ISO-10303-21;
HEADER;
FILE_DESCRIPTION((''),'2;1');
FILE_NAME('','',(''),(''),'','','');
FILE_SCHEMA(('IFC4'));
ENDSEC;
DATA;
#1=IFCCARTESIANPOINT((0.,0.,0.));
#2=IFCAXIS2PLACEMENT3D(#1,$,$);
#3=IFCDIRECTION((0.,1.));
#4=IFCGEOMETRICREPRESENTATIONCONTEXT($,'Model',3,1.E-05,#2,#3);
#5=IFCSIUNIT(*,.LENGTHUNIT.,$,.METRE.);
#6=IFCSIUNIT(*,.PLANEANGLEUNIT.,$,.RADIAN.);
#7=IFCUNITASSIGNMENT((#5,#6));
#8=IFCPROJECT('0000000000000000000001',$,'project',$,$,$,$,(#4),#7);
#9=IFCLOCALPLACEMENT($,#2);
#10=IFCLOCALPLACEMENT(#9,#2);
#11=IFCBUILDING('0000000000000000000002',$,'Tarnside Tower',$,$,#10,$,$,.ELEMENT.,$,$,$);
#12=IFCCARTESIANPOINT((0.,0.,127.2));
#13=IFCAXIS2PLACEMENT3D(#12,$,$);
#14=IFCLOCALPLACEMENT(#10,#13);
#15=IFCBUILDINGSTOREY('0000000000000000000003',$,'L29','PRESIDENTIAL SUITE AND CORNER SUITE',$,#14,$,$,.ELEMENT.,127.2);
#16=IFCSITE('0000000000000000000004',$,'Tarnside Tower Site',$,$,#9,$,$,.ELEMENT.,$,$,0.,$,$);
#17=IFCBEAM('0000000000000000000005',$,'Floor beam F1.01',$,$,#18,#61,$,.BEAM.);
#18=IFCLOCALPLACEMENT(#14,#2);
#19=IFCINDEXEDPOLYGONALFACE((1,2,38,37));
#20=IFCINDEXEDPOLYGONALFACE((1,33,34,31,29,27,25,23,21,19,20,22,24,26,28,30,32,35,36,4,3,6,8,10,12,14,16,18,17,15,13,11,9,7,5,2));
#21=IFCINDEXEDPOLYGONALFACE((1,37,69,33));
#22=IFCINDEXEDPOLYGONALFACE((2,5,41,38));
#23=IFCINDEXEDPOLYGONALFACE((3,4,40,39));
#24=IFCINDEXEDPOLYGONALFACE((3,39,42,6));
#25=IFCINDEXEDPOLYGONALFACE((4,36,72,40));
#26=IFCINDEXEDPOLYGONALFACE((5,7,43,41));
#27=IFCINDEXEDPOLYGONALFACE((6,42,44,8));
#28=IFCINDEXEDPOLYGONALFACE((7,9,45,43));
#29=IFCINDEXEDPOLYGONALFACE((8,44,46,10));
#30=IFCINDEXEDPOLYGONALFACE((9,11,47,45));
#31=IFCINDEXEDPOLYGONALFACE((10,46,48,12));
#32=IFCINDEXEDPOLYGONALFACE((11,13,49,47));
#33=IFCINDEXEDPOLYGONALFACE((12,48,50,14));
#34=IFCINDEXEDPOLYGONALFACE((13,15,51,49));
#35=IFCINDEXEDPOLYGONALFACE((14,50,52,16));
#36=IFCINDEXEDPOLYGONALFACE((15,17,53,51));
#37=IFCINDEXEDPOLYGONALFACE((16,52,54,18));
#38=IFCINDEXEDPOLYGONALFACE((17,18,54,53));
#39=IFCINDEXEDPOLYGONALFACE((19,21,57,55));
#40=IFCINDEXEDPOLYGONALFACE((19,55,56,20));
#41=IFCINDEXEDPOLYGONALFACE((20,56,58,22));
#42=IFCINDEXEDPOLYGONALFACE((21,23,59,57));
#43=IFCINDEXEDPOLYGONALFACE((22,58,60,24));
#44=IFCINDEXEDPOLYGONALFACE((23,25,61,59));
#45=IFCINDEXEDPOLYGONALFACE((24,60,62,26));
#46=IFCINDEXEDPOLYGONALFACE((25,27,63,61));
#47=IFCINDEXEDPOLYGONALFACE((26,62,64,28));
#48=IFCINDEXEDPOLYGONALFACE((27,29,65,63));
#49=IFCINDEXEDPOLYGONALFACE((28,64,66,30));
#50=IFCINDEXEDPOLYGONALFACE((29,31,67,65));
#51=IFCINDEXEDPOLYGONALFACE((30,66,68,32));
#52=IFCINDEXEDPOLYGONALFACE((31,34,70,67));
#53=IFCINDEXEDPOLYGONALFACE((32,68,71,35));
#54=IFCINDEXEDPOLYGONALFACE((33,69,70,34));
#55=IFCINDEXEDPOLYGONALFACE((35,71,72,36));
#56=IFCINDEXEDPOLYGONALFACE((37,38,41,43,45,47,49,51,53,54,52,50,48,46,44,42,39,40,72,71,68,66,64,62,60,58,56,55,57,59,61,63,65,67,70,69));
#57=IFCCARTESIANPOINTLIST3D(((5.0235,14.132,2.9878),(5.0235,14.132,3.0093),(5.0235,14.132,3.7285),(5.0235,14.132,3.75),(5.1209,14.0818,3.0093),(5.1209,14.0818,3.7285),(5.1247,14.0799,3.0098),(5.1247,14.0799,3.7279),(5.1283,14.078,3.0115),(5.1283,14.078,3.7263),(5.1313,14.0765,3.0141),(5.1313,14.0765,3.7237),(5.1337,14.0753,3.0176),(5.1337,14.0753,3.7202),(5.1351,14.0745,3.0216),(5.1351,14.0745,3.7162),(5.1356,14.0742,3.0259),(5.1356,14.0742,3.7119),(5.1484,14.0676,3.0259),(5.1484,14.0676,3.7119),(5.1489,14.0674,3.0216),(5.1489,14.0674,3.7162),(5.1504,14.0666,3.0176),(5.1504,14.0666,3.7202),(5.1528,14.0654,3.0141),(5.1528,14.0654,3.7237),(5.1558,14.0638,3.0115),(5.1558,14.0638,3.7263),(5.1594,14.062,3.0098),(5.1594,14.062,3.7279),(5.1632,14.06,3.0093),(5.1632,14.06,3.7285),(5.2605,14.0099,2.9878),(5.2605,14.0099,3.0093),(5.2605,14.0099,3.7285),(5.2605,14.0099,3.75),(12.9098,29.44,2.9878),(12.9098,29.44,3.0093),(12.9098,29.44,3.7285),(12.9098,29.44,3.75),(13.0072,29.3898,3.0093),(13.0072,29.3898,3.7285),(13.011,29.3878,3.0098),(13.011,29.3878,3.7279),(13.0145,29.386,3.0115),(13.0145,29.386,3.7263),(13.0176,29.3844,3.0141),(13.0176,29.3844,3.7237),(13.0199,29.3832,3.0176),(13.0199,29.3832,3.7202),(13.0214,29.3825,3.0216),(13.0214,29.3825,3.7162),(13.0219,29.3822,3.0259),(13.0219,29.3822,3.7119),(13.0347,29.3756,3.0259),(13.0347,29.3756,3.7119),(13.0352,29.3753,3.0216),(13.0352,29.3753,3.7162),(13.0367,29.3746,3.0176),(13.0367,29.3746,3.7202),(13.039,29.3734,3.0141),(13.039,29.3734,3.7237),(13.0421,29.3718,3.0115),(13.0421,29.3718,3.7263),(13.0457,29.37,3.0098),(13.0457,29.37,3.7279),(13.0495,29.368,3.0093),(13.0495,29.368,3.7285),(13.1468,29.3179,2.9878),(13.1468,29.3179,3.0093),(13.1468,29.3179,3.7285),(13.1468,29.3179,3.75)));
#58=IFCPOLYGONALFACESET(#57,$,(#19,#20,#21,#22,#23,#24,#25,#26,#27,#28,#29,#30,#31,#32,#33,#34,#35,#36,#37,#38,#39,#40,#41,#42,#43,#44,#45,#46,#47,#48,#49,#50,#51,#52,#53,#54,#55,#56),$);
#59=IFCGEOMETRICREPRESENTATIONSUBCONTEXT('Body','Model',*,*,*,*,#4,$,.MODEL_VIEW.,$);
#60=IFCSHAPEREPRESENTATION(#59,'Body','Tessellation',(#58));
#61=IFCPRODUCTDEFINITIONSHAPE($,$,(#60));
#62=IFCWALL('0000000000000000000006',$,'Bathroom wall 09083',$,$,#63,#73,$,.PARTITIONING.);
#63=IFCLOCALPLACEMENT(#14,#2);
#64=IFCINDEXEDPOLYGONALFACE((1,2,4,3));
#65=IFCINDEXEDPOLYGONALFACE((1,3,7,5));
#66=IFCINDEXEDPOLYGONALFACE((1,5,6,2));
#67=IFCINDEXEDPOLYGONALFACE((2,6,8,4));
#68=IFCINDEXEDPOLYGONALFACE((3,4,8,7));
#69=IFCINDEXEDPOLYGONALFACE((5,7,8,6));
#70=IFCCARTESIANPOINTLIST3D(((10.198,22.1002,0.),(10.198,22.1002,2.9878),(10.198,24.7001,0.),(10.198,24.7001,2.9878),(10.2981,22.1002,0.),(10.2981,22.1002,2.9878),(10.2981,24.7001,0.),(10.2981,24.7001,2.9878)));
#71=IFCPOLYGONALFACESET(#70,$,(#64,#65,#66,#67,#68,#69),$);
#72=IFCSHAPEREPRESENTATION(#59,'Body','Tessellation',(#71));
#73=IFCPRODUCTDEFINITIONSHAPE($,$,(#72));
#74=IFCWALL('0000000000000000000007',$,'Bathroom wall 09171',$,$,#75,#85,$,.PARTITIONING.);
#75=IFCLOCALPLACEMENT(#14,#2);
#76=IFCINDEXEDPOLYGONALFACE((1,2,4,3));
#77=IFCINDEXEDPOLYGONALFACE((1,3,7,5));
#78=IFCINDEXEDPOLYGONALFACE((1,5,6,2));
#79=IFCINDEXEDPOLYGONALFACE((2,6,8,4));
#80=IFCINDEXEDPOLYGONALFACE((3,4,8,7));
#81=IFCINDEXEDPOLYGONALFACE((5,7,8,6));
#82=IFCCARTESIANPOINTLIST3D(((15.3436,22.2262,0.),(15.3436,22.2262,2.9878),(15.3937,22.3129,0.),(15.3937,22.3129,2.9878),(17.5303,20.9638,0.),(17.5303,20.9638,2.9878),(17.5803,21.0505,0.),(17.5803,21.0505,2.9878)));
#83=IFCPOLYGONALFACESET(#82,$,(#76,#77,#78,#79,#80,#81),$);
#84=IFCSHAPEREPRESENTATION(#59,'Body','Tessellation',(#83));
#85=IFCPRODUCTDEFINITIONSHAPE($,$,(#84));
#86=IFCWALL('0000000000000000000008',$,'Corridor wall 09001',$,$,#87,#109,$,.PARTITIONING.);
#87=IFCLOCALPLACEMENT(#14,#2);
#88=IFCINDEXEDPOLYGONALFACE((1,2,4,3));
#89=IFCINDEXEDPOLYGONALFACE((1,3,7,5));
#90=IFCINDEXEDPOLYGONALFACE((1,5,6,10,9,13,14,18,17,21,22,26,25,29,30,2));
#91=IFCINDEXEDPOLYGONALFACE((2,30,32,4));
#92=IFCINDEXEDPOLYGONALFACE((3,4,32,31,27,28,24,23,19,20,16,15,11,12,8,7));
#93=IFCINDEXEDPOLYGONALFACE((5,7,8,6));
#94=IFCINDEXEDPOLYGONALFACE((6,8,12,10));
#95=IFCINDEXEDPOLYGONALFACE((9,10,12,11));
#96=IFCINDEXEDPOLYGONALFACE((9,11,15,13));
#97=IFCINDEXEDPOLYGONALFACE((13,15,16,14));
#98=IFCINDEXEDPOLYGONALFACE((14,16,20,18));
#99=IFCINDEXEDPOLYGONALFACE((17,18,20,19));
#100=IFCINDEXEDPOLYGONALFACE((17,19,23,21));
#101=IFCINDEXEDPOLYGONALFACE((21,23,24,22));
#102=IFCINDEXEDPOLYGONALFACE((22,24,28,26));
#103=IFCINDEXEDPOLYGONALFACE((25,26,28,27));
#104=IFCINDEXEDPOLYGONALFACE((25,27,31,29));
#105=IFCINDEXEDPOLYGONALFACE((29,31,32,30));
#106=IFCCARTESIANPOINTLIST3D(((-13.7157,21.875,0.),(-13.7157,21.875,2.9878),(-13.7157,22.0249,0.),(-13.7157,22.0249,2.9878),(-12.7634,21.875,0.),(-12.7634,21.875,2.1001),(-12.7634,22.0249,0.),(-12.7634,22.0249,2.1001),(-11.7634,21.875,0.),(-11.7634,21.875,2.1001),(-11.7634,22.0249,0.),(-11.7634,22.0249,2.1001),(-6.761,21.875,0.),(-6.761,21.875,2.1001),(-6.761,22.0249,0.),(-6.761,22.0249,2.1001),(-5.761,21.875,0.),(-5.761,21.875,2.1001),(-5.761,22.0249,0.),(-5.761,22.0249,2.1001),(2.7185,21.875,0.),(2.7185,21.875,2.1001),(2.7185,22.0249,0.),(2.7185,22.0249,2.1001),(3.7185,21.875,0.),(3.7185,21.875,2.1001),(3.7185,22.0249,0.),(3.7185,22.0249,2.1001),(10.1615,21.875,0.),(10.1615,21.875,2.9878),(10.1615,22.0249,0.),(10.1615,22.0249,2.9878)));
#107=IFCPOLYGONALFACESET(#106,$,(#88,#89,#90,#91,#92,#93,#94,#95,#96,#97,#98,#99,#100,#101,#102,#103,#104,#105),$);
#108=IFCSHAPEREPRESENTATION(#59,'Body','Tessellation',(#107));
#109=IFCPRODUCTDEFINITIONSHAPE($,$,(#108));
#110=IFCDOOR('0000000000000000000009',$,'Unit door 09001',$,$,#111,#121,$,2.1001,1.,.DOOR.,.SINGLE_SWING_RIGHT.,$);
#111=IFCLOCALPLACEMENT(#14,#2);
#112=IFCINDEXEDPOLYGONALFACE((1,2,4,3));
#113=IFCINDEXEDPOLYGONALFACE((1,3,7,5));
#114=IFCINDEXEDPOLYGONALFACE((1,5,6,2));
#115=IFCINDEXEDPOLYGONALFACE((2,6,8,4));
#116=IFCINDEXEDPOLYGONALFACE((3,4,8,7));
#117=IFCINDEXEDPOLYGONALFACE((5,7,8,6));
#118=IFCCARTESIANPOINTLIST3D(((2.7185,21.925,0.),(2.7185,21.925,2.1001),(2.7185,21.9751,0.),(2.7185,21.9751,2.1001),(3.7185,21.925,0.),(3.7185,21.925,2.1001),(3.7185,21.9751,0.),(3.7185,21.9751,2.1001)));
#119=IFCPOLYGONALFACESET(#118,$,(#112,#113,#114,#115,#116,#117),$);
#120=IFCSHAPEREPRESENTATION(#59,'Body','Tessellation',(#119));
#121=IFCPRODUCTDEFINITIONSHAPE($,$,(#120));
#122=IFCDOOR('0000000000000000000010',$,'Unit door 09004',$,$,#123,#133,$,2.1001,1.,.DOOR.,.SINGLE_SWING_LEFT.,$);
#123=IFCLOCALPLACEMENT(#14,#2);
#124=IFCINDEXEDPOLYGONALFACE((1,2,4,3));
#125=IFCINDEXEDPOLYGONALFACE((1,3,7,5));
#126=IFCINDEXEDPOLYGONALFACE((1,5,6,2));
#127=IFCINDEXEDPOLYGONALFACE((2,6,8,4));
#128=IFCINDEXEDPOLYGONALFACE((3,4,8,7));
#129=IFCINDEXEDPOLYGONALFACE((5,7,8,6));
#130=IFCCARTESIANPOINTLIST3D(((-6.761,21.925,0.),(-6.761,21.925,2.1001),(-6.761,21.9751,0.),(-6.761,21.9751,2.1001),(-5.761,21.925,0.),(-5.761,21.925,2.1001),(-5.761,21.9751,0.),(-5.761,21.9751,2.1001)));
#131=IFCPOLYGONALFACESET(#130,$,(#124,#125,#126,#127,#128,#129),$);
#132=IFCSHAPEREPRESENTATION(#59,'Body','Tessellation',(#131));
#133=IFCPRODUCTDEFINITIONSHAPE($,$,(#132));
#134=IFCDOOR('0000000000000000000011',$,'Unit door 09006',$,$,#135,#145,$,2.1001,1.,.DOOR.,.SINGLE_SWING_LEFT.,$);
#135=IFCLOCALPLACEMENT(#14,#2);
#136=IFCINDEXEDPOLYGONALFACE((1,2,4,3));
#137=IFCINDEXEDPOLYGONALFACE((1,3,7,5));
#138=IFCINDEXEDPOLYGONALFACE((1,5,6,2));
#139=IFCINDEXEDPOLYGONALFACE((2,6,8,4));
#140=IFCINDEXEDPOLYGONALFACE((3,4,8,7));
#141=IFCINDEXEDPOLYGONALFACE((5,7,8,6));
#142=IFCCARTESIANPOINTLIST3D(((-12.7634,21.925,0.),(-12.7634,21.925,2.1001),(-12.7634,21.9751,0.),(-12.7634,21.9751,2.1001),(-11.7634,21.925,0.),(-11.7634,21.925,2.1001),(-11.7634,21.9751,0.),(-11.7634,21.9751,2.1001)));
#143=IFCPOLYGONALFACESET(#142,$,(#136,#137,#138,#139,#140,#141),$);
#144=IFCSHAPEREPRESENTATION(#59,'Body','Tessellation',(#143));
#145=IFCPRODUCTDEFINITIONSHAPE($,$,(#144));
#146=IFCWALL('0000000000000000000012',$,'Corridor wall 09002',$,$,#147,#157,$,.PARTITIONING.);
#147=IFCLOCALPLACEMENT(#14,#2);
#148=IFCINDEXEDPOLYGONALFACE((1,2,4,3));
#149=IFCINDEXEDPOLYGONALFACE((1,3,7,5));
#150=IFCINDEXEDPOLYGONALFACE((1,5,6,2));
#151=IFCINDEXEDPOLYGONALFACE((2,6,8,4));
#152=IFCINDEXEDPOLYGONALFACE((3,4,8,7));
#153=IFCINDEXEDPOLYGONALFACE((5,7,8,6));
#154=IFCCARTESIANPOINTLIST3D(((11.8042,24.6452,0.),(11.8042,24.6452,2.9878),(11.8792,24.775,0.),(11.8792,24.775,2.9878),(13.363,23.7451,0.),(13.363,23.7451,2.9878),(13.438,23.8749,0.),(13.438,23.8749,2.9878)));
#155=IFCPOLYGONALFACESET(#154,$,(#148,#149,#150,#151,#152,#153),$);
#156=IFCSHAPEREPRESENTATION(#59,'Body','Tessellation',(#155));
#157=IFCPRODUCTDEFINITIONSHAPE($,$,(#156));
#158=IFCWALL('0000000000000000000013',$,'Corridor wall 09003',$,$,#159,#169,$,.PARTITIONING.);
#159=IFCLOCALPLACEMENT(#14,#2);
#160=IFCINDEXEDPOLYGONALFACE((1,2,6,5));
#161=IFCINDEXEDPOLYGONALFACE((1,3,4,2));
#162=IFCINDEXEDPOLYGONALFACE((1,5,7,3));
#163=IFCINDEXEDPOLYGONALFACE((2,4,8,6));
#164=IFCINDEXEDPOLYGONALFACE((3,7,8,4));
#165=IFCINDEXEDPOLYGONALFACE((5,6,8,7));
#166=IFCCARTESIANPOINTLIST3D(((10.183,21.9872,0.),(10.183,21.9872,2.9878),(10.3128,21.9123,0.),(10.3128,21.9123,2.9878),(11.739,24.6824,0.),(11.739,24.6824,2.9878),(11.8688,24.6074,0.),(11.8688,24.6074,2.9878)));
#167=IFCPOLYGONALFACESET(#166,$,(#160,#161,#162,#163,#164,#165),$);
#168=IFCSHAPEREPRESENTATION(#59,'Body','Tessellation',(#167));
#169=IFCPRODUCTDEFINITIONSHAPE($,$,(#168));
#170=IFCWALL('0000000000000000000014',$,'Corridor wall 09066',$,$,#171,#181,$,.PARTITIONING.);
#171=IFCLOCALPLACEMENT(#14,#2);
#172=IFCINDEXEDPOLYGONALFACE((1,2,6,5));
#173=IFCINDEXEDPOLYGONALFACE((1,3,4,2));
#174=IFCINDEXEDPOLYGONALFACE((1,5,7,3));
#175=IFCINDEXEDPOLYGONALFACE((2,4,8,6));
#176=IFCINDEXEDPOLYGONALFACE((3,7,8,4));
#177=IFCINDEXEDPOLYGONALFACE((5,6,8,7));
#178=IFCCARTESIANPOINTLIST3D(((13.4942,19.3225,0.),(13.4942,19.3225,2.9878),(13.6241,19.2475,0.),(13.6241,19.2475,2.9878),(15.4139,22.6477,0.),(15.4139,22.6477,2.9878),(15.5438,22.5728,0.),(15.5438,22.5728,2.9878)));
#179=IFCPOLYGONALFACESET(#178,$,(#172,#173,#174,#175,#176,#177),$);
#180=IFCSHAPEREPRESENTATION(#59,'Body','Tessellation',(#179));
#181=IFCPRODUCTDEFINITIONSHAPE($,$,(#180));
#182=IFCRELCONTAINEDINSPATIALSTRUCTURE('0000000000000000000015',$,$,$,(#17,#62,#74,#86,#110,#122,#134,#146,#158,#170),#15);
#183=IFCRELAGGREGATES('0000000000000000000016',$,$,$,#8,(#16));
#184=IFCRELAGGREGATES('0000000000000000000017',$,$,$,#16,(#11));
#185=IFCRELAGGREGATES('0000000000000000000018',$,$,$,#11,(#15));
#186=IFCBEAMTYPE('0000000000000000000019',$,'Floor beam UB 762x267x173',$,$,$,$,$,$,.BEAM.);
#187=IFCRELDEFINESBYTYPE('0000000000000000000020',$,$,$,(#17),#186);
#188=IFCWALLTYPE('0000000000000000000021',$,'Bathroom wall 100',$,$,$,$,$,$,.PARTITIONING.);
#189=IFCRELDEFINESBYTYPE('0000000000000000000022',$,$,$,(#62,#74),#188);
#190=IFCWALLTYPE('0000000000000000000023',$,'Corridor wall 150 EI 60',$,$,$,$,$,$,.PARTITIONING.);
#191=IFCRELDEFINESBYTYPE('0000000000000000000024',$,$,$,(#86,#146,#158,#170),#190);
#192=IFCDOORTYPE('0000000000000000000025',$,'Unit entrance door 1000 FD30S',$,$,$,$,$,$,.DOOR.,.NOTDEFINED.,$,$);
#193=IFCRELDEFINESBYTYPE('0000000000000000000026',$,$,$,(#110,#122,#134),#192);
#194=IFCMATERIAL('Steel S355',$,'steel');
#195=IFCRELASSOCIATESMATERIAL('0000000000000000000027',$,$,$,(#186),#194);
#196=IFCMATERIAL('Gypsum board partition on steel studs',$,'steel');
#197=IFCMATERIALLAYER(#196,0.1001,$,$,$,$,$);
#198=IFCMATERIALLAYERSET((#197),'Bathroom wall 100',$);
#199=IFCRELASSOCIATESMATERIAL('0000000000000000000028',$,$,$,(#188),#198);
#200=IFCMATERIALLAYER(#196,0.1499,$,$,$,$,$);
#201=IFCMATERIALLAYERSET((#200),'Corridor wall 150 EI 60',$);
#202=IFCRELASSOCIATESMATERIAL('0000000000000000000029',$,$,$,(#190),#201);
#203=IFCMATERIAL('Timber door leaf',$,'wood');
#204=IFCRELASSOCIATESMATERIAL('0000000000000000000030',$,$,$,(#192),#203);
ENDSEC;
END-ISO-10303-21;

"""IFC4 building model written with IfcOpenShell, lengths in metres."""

from ifc_helpers import new_model, si_unit, direction, frame, frame_2d, origin, origin_2d, place, context, subcontext, project, spatial, rectangle, i_section, extrude, material, layer, layer_set, material_profile, profile_set, type_object, element, fill, save


model = new_model("IFC4")

# Units and contexts
model_context = context("Model", 3, precision=1e-05, world=origin(), true_north=direction((0.0, 1.0)))
body_context = subcontext(model_context, "Body", "Model", "MODEL_VIEW")
ifc_project = project(units=[si_unit("LENGTHUNIT", "METRE"), si_unit("PLANEANGLEUNIT", "RADIAN")], contexts=[model_context])

# Site, building, storey
site_placement = place(None, origin())
site = spatial("IfcSite", under=ifc_project, at=site_placement, Name="Tarnside Tower Site", CompositionType="ELEMENT", RefElevation=0.0)
building_placement = place(site_placement, origin())
building = spatial("IfcBuilding", under=site, at=building_placement, Name="Tarnside Tower", CompositionType="ELEMENT")
storey_placement = place(building_placement, frame((0.0, 0.0, 127.2)))
storey = spatial("IfcBuildingStorey", under=building, at=storey_placement, Name="L29", Description="PRESIDENTIAL SUITE AND CORNER SUITE", CompositionType="ELEMENT", Elevation=127.2)

# Beam
ifc_material_1 = material(Name="Steel S355", Category="steel")
ifc_material_profile = material_profile(ifc_material_1, i_section(OverallWidth=0.2666, OverallDepth=0.7622, WebThickness=0.0144, FlangeThickness=0.0215, FilletRadius=0.0166, at=origin_2d()), Name="UB 762x267x173")
ifc_profile_set = profile_set([ifc_material_profile], Name="Steel S355")
beam_type = type_object("IfcBeamType", Name="Floor beam UB 762x267x173", PredefinedType="BEAM", material=ifc_profile_set)
beam_placement = place(storey_placement, frame((13.0283, 29.3789, 3.3689), z_axis=(-0.457973, -0.888966, 0.0), x_axis=(0.888966, -0.457973, 0.0)))
element("IfcBeam", 1, at=beam_placement, inside=storey, type_object=beam_type, Name="Floor beam F1.01", PredefinedType="BEAM", context=body_context, shape_type="SweptSolid", body=[
    extrude(i_section(OverallWidth=0.2666, OverallDepth=0.7622, WebThickness=0.0144, FlangeThickness=0.0215, FilletRadius=0.0166, at=origin_2d()), origin(), (0.0, 0.0, 1.0), 17.22),
])

# Walls
ifc_material_2 = material(Name="Gypsum board partition on steel studs", Category="steel")
ifc_layer_1 = layer(ifc_material_2, 0.1001)
ifc_layer_set_1 = layer_set([ifc_layer_1], Name="Bathroom wall 100")
wall_type_1 = type_object("IfcWallType", Name="Bathroom wall 100", PredefinedType="PARTITIONING", material=ifc_layer_set_1)
wall_1_placement = place(storey_placement, frame((10.248, 24.7, 0.0), z_axis=(0.0, 0.0, 1.0), x_axis=(0.0, -1.0, 0.0)))
element("IfcWall", 2, at=wall_1_placement, inside=storey, type_object=wall_type_1, Name="Bathroom wall 09083", PredefinedType="PARTITIONING", context=body_context, shape_type="SweptSolid", body=[
    extrude(rectangle(XDim=2.5999, YDim=0.1001, at=frame_2d((1.2998, 0.0))), origin(), (0.0, 0.0, 1.0), 2.9878),
])
wall_2_placement = place(storey_placement, frame((15.3687, 22.2695, 0.0), z_axis=(0.0, 0.0, 1.0), x_axis=(0.866039, -0.499976, 0.0)))
element("IfcWall", 3, at=wall_2_placement, inside=storey, type_object=wall_type_1, Name="Bathroom wall 09171", PredefinedType="PARTITIONING", context=body_context, shape_type="SweptSolid", body=[
    extrude(rectangle(XDim=2.5249, YDim=0.1001, at=frame_2d((1.2625, 0.0))), origin(), (0.0, 0.0, 1.0), 2.9878),
])

# Wall, openings, doors
ifc_layer_2 = layer(ifc_material_2, 0.1499)
ifc_layer_set_2 = layer_set([ifc_layer_2], Name="Corridor wall 150 EI 60")
wall_type_2 = type_object("IfcWallType", Name="Corridor wall 150 EI 60", PredefinedType="PARTITIONING", material=ifc_layer_set_2)
wall_3_placement = place(storey_placement, frame((10.1614, 21.95, 0.0), z_axis=(0.0, 0.0, 1.0), x_axis=(-1.0, 0.0, 0.0)))
wall_3 = element("IfcWall", 4, at=wall_3_placement, inside=storey, type_object=wall_type_2, Name="Corridor wall 09001", PredefinedType="PARTITIONING", context=body_context, shape_type="SweptSolid", body=[
    extrude(rectangle(XDim=23.8772, YDim=0.1499, at=frame_2d((11.9385, 0.0))), origin(), (0.0, 0.0, 1.0), 2.9878),
])
opening_1_placement = place(wall_3_placement, frame((6.4429, 0.0, 0.0)))
opening_1 = element("IfcOpeningElement", 5, at=opening_1_placement, cuts=wall_3, PredefinedType="OPENING", context=body_context, shape_type="SweptSolid", body=[
    extrude(rectangle(XDim=1.0, YDim=2.1001, at=frame_2d((0.5, 1.05))), frame((0.0, 0.085, 0.0), z_axis=(0.0, -1.0, 0.0), x_axis=(1.0, 0.0, 0.0)), (0.0, 0.0, 1.0), 0.1699),
])
opening_2_placement = place(wall_3_placement, frame((15.9224, 0.0, 0.0)))
opening_2 = element("IfcOpeningElement", 6, at=opening_2_placement, cuts=wall_3, PredefinedType="OPENING", context=body_context, shape_type="SweptSolid", body=[
    extrude(rectangle(XDim=1.0, YDim=2.1001, at=frame_2d((0.5, 1.05))), frame((0.0, 0.085, 0.0), z_axis=(0.0, -1.0, 0.0), x_axis=(1.0, 0.0, 0.0)), (0.0, 0.0, 1.0), 0.1699),
])
opening_3_placement = place(wall_3_placement, frame((21.9248, 0.0, 0.0)))
opening_3 = element("IfcOpeningElement", 7, at=opening_3_placement, cuts=wall_3, PredefinedType="OPENING", context=body_context, shape_type="SweptSolid", body=[
    extrude(rectangle(XDim=1.0, YDim=2.1001, at=frame_2d((0.5, 1.05))), frame((0.0, 0.085, 0.0), z_axis=(0.0, -1.0, 0.0), x_axis=(1.0, 0.0, 0.0)), (0.0, 0.0, 1.0), 0.1699),
])
ifc_material_3 = material(Name="Timber door leaf", Category="wood")
door_type = type_object("IfcDoorType", Name="Unit entrance door 1000 FD30S", OperationType="NOTDEFINED", PredefinedType="DOOR", material=ifc_material_3)
door_1_placement = place(opening_1_placement, origin())
door_1 = element("IfcDoor", 8, at=door_1_placement, inside=storey, type_object=door_type, Name="Unit door 09001", OperationType="SINGLE_SWING_RIGHT", OverallHeight=2.1001, OverallWidth=1.0, PredefinedType="DOOR", context=body_context, shape_type="SweptSolid", body=[
    extrude(rectangle(XDim=1.0, YDim=2.1001, at=frame_2d((0.5, 1.05))), frame((0.0, 0.0249, 0.0), z_axis=(0.0, -1.0, 0.0), x_axis=(1.0, 0.0, 0.0)), (0.0, 0.0, 1.0), 0.05),
])
fill(opening_1, door_1)
door_2_placement = place(opening_2_placement, origin())
door_2 = element("IfcDoor", 9, at=door_2_placement, inside=storey, type_object=door_type, Name="Unit door 09004", OperationType="SINGLE_SWING_LEFT", OverallHeight=2.1001, OverallWidth=1.0, PredefinedType="DOOR", context=body_context, shape_type="SweptSolid", body=[
    extrude(rectangle(XDim=1.0, YDim=2.1001, at=frame_2d((0.5, 1.05))), frame((0.0, 0.0249, 0.0), z_axis=(0.0, -1.0, 0.0), x_axis=(1.0, 0.0, 0.0)), (0.0, 0.0, 1.0), 0.05),
])
fill(opening_2, door_2)
door_3_placement = place(opening_3_placement, origin())
door_3 = element("IfcDoor", 10, at=door_3_placement, inside=storey, type_object=door_type, Name="Unit door 09006", OperationType="SINGLE_SWING_LEFT", OverallHeight=2.1001, OverallWidth=1.0, PredefinedType="DOOR", context=body_context, shape_type="SweptSolid", body=[
    extrude(rectangle(XDim=1.0, YDim=2.1001, at=frame_2d((0.5, 1.05))), frame((0.0, 0.0249, 0.0), z_axis=(0.0, -1.0, 0.0), x_axis=(1.0, 0.0, 0.0)), (0.0, 0.0, 1.0), 0.05),
])
fill(opening_3, door_3)

# Walls
wall_4_placement = place(storey_placement, frame((13.4004, 23.8101, 0.0), z_axis=(0.0, 0.0, 1.0), x_axis=(-0.865989, 0.500063, 0.0)))
element("IfcWall", 11, at=wall_4_placement, inside=storey, type_object=wall_type_2, Name="Corridor wall 09002", PredefinedType="PARTITIONING", context=body_context, shape_type="SweptSolid", body=[
    extrude(rectangle(XDim=1.8, YDim=0.1499, at=frame_2d((0.8999, 0.0))), origin(), (0.0, 0.0, 1.0), 2.9878),
])
wall_5_placement = place(storey_placement, frame((11.804, 24.645, 0.0), z_axis=(0.0, 0.0, 1.0), x_axis=(-0.499978, -0.866038, 0.0)))
element("IfcWall", 12, at=wall_5_placement, inside=storey, type_object=wall_type_2, Name="Corridor wall 09003", PredefinedType="PARTITIONING", context=body_context, shape_type="SweptSolid", body=[
    extrude(rectangle(XDim=3.1121, YDim=0.1499, at=frame_2d((1.5562, 0.0))), origin(), (0.0, 0.0, 1.0), 2.9878),
])
wall_6_placement = place(storey_placement, frame((13.5591, 19.2849, 0.0), z_axis=(0.0, 0.0, 1.0), x_axis=(0.499976, 0.866039, 0.0)))
element("IfcWall", 13, at=wall_6_placement, inside=storey, type_object=wall_type_2, Name="Corridor wall 09066", PredefinedType="PARTITIONING", context=body_context, shape_type="SweptSolid", body=[
    extrude(rectangle(XDim=3.8396, YDim=0.1499, at=frame_2d((1.9199, 0.0))), origin(), (0.0, 0.0, 1.0), 2.9878),
])

save(model, "model.ifc")
